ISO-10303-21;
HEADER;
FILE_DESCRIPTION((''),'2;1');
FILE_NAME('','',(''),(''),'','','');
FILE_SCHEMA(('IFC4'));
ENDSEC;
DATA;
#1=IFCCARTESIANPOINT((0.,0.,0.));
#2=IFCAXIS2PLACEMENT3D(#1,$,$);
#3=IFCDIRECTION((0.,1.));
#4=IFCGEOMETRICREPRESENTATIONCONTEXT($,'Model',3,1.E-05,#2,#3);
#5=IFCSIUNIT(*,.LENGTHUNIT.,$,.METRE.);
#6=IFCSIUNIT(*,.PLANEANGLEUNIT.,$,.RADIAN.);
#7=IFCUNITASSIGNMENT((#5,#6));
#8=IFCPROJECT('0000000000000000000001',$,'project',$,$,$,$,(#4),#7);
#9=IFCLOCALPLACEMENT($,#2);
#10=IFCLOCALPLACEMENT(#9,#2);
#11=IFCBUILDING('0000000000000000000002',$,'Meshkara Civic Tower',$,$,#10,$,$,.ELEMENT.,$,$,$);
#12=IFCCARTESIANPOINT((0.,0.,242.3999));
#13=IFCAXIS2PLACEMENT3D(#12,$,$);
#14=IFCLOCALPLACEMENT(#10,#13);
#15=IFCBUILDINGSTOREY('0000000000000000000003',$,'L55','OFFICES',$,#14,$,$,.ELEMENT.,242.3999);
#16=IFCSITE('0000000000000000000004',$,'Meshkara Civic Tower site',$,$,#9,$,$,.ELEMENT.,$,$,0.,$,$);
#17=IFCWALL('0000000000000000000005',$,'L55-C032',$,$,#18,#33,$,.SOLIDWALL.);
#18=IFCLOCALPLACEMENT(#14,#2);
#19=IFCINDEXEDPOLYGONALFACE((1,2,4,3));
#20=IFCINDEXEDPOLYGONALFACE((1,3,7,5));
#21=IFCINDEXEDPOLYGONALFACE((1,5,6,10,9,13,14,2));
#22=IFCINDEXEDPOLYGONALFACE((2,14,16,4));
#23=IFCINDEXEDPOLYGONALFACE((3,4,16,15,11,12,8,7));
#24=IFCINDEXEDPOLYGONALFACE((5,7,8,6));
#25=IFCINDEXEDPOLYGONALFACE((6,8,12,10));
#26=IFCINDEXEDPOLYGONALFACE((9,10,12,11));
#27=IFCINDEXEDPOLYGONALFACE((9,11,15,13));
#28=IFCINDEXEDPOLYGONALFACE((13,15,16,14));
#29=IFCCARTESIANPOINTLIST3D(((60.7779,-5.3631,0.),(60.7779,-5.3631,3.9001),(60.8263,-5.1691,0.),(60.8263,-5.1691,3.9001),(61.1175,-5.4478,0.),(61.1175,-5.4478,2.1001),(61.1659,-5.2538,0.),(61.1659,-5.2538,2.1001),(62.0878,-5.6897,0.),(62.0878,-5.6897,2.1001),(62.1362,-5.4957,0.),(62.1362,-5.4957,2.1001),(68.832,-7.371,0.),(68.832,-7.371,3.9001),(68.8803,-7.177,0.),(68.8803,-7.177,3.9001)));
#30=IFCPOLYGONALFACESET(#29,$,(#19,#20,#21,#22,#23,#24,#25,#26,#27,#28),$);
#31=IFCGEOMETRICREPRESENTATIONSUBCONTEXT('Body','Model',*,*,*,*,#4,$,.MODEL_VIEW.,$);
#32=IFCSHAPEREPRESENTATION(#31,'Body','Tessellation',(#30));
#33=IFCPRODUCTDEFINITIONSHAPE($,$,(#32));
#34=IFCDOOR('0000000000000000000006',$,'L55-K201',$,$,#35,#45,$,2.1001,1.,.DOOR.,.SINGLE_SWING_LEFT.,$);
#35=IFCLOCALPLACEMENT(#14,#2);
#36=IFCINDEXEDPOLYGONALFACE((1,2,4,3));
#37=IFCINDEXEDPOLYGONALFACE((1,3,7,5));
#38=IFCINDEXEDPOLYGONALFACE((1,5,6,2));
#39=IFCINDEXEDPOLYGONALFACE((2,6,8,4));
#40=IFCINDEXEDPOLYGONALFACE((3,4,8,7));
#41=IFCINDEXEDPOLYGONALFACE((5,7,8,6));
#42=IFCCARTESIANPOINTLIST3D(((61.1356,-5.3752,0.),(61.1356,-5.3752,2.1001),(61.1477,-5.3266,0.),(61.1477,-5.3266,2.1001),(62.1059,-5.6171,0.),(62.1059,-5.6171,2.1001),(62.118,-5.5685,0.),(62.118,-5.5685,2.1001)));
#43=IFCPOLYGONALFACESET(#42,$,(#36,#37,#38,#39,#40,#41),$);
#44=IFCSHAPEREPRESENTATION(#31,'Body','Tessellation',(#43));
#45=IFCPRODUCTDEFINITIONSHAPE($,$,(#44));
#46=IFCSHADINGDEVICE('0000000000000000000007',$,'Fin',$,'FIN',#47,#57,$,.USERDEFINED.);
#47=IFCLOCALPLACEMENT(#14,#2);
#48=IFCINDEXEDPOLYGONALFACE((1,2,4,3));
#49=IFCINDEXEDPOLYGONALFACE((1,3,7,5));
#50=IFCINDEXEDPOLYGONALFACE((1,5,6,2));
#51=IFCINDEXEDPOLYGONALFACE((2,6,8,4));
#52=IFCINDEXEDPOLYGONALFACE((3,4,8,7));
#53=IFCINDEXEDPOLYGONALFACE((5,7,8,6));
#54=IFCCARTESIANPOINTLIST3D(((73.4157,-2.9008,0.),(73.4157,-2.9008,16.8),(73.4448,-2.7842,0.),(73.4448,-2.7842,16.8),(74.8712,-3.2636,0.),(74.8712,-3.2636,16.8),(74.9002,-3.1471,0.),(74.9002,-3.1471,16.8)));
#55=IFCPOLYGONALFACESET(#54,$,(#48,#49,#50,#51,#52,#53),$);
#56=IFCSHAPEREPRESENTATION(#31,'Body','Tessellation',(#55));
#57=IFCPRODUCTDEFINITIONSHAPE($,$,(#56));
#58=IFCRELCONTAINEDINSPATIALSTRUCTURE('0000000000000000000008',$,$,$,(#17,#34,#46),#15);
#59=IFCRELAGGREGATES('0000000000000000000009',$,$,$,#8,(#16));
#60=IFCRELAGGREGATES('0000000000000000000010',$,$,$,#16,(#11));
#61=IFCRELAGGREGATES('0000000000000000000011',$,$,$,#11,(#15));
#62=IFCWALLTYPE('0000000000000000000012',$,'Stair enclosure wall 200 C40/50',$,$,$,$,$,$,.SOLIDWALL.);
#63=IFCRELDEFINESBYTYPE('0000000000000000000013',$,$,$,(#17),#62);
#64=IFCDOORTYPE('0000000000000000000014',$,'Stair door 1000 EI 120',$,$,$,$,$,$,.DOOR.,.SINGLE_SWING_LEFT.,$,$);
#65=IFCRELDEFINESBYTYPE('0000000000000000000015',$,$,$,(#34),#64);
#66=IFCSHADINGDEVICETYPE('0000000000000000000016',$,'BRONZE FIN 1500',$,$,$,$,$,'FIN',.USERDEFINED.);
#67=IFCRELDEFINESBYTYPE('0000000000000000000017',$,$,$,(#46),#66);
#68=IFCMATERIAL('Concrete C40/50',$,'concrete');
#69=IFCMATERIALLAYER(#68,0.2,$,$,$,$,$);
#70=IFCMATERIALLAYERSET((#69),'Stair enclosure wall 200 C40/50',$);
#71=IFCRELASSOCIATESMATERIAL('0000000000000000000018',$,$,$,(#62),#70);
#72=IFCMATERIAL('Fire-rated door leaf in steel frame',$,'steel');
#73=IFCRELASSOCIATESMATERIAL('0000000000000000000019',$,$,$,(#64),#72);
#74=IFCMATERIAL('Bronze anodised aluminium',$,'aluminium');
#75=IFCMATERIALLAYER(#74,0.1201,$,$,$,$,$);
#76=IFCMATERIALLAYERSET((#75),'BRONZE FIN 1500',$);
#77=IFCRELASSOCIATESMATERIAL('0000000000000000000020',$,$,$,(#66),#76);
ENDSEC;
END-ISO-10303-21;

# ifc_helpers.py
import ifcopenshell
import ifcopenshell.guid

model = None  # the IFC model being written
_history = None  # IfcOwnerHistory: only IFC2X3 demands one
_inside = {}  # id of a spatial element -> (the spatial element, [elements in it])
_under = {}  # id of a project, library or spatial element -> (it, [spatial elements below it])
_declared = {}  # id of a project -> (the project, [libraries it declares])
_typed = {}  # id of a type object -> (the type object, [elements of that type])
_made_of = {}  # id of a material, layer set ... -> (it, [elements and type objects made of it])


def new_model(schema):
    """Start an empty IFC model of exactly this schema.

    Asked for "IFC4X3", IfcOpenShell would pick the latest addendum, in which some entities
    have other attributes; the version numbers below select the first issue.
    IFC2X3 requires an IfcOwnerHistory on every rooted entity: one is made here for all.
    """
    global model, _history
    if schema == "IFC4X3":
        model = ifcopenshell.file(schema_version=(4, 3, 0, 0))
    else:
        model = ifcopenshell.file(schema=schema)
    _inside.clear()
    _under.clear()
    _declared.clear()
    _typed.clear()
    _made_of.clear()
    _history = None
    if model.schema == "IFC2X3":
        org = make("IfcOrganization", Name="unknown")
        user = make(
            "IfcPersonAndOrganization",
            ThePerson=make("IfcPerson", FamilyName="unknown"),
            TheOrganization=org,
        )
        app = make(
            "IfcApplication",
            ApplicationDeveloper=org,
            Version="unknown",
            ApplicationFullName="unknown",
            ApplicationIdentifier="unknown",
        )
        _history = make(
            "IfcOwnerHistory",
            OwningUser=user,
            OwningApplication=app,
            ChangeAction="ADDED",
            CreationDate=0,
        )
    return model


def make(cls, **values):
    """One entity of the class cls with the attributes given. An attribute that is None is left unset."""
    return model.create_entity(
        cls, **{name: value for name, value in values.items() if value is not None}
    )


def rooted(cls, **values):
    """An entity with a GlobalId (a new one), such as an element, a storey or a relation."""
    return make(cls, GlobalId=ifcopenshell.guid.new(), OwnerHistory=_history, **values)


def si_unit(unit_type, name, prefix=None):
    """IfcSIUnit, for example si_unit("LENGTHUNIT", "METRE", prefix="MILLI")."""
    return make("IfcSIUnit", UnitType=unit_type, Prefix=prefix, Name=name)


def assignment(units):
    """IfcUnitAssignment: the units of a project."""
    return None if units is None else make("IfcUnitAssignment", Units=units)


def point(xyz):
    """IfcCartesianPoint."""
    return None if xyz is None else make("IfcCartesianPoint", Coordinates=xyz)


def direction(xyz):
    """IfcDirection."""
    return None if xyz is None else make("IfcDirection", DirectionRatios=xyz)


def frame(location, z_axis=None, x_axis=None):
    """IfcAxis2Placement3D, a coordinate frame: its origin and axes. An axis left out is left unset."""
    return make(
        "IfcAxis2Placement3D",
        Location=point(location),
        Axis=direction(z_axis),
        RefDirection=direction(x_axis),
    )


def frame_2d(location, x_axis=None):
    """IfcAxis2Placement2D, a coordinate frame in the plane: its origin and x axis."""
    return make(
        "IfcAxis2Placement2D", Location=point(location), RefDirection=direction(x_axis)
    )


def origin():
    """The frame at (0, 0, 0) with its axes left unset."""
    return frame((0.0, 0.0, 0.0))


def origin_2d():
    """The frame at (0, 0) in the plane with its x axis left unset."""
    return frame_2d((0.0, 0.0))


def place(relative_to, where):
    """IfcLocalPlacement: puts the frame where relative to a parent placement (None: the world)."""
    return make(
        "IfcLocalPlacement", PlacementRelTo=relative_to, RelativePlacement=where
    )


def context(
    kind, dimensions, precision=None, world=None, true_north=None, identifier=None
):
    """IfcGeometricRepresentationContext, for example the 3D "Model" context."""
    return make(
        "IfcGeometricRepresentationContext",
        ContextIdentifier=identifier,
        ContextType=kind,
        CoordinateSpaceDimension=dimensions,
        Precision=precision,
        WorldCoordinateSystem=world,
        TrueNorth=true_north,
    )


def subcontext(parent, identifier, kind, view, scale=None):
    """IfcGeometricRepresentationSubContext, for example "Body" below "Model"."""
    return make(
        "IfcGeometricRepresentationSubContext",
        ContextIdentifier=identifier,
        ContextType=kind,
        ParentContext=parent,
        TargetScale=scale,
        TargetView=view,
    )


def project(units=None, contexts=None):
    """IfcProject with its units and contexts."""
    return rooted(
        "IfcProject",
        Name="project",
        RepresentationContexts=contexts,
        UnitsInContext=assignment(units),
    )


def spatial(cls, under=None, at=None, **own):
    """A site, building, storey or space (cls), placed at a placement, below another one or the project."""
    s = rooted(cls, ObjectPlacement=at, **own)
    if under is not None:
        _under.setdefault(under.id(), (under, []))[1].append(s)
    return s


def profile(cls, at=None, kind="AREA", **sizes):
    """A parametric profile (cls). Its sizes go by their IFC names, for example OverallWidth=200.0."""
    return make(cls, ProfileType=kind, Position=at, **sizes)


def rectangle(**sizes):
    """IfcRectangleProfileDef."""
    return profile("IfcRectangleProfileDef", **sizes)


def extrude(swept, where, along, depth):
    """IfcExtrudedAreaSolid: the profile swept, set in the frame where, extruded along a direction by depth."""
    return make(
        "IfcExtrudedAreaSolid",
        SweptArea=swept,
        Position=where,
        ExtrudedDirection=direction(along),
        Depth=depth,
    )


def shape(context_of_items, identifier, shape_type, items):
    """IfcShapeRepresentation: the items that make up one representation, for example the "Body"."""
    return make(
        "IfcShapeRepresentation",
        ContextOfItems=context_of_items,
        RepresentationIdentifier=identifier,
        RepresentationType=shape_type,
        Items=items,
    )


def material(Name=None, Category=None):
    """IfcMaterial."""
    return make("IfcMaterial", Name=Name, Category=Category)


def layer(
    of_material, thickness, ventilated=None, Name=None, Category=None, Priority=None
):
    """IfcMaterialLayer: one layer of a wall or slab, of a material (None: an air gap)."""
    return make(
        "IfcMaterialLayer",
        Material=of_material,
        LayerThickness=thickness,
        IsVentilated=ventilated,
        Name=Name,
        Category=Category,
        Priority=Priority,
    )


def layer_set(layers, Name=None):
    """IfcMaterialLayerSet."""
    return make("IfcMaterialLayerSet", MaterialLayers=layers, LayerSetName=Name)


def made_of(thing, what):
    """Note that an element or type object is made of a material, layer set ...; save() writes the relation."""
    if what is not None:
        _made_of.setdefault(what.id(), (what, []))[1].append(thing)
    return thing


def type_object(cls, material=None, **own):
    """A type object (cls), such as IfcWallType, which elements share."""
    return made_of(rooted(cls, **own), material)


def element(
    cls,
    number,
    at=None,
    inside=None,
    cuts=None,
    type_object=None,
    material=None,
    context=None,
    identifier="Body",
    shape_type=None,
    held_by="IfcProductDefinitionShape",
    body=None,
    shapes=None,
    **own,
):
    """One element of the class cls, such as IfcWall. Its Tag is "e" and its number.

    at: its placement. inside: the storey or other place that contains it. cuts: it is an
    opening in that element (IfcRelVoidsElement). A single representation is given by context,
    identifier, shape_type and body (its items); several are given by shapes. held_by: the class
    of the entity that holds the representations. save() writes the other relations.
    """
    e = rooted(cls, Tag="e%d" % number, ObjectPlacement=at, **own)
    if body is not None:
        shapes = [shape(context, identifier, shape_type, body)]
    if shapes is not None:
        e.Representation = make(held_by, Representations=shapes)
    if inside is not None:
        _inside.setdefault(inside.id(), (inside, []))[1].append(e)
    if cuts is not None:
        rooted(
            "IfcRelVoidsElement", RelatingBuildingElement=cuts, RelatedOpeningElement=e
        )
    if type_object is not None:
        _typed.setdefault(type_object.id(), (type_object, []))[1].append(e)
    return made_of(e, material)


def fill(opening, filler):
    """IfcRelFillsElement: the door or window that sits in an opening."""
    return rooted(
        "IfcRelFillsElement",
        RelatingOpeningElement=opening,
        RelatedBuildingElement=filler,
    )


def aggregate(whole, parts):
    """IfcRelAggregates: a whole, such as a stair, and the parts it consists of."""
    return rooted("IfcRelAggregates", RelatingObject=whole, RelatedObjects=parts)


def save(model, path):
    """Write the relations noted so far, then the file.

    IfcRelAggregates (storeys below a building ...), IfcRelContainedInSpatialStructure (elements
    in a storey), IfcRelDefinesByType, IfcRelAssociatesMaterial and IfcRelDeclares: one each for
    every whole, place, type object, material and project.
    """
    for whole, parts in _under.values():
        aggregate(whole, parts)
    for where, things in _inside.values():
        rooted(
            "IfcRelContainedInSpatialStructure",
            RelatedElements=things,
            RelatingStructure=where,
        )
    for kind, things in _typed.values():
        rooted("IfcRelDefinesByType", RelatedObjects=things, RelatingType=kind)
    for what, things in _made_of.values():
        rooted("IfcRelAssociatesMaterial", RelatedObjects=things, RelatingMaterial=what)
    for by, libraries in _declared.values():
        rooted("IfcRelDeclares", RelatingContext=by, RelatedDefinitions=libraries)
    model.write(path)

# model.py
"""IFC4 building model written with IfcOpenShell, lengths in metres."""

from ifc_helpers import new_model, si_unit, direction, frame, frame_2d, origin, origin_2d, place, context, subcontext, project, spatial, rectangle, extrude, material, layer, layer_set, type_object, element, fill, save


model = new_model("IFC4")

# Units and contexts
model_context = context("Model", 3, precision=1e-05, world=origin(), true_north=direction((0.0, 1.0)))
body_context = subcontext(model_context, "Body", "Model", "MODEL_VIEW")
ifc_project = project(units=[si_unit("LENGTHUNIT", "METRE"), si_unit("PLANEANGLEUNIT", "RADIAN")], contexts=[model_context])

# Site, building, storey
site_placement = place(None, origin())
site = spatial("IfcSite", under=ifc_project, at=site_placement, Name="Meshkara Civic Tower site", CompositionType="ELEMENT", RefElevation=0.0)
building_placement = place(site_placement, origin())
building = spatial("IfcBuilding", under=site, at=building_placement, Name="Meshkara Civic Tower", CompositionType="ELEMENT")
storey_placement = place(building_placement, frame((0.0, 0.0, 242.3999)))
storey = spatial("IfcBuildingStorey", under=building, at=storey_placement, Name="L55", Description="OFFICES", CompositionType="ELEMENT", Elevation=242.3999)

# Wall, opening, door
ifc_material_1 = material(Name="Concrete C40/50", Category="concrete")
ifc_layer_1 = layer(ifc_material_1, 0.2)
ifc_layer_set_1 = layer_set([ifc_layer_1], Name="Stair enclosure wall 200 C40/50")
wall_type_1 = type_object("IfcWallType", Name="Stair enclosure wall 200 C40/50", PredefinedType="SOLIDWALL", material=ifc_layer_set_1)
wall_1_placement = place(storey_placement, frame((60.802, -5.2661, 0.0), z_axis=(0.0, 0.0, 1.0), x_axis=(0.970303, -0.241892, 0.0)))
wall_1 = element("IfcWall", 1, at=wall_1_placement, inside=storey, type_object=wall_type_1, Name="L55-C032", PredefinedType="SOLIDWALL", context=body_context, shape_type="SweptSolid", body=[
    extrude(rectangle(XDim=8.3005, YDim=0.2, at=frame_2d((4.1504, 0.0))), origin(), (0.0, 0.0, 1.0), 3.9001),
])
opening_1_placement = place(wall_1_placement, frame((0.3501, 0.0, 0.0)))
opening_1 = element("IfcOpeningElement", 2, at=opening_1_placement, cuts=wall_1, PredefinedType="OPENING", context=body_context, shape_type="SweptSolid", body=[
    extrude(rectangle(XDim=1.0, YDim=2.1001, at=frame_2d((0.5, 1.05))), frame((0.0, 0.1099, 0.0), z_axis=(0.0, -1.0, 0.0), x_axis=(1.0, 0.0, 0.0)), (0.0, 0.0, 1.0), 0.22),
])
ifc_material_2 = material(Name="Fire-rated door leaf in steel frame", Category="steel")
door_type_1 = type_object("IfcDoorType", Name="Stair door 1000 EI 120", OperationType="SINGLE_SWING_LEFT", PredefinedType="DOOR", material=ifc_material_2)
door_1_placement = place(opening_1_placement, origin())
door_1 = element("IfcDoor", 3, at=door_1_placement, inside=storey, type_object=door_type_1, Name="L55-K201", OperationType="SINGLE_SWING_LEFT", OverallHeight=2.1001, OverallWidth=1.0, PredefinedType="DOOR", context=body_context, shape_type="SweptSolid", body=[
    extrude(rectangle(XDim=1.0, YDim=2.1001, at=frame_2d((0.5, 1.05))), frame((0.0, 0.0249, 0.0), z_axis=(0.0, -1.0, 0.0), x_axis=(1.0, 0.0, 0.0)), (0.0, 0.0, 1.0), 0.05),
])
fill(opening_1, door_1)

# Shading device
ifc_material_3 = material(Name="Bronze anodised aluminium", Category="aluminium")
ifc_layer_2 = layer(ifc_material_3, 0.1201)
ifc_layer_set_2 = layer_set([ifc_layer_2], Name="BRONZE FIN 1500")
shading_device_type = type_object("IfcShadingDeviceType", Name="BRONZE FIN 1500", ElementType="FIN", PredefinedType="USERDEFINED", material=ifc_layer_set_2)
shading_device_placement = place(storey_placement, frame((74.158, -3.0239, 0.0), z_axis=(0.0, 0.0, 1.0), x_axis=(0.241922, 0.970296, 0.0)))
element("IfcShadingDevice", 4, at=shading_device_placement, inside=storey, type_object=shading_device_type, Name="Fin", ObjectType="FIN", PredefinedType="USERDEFINED", context=body_context, shape_type="SweptSolid", body=[
    extrude(rectangle(XDim=0.1201, YDim=1.5, at=origin_2d()), origin(), (0.0, 0.0, 1.0), 16.8),
])

save(model, "model.ifc")
